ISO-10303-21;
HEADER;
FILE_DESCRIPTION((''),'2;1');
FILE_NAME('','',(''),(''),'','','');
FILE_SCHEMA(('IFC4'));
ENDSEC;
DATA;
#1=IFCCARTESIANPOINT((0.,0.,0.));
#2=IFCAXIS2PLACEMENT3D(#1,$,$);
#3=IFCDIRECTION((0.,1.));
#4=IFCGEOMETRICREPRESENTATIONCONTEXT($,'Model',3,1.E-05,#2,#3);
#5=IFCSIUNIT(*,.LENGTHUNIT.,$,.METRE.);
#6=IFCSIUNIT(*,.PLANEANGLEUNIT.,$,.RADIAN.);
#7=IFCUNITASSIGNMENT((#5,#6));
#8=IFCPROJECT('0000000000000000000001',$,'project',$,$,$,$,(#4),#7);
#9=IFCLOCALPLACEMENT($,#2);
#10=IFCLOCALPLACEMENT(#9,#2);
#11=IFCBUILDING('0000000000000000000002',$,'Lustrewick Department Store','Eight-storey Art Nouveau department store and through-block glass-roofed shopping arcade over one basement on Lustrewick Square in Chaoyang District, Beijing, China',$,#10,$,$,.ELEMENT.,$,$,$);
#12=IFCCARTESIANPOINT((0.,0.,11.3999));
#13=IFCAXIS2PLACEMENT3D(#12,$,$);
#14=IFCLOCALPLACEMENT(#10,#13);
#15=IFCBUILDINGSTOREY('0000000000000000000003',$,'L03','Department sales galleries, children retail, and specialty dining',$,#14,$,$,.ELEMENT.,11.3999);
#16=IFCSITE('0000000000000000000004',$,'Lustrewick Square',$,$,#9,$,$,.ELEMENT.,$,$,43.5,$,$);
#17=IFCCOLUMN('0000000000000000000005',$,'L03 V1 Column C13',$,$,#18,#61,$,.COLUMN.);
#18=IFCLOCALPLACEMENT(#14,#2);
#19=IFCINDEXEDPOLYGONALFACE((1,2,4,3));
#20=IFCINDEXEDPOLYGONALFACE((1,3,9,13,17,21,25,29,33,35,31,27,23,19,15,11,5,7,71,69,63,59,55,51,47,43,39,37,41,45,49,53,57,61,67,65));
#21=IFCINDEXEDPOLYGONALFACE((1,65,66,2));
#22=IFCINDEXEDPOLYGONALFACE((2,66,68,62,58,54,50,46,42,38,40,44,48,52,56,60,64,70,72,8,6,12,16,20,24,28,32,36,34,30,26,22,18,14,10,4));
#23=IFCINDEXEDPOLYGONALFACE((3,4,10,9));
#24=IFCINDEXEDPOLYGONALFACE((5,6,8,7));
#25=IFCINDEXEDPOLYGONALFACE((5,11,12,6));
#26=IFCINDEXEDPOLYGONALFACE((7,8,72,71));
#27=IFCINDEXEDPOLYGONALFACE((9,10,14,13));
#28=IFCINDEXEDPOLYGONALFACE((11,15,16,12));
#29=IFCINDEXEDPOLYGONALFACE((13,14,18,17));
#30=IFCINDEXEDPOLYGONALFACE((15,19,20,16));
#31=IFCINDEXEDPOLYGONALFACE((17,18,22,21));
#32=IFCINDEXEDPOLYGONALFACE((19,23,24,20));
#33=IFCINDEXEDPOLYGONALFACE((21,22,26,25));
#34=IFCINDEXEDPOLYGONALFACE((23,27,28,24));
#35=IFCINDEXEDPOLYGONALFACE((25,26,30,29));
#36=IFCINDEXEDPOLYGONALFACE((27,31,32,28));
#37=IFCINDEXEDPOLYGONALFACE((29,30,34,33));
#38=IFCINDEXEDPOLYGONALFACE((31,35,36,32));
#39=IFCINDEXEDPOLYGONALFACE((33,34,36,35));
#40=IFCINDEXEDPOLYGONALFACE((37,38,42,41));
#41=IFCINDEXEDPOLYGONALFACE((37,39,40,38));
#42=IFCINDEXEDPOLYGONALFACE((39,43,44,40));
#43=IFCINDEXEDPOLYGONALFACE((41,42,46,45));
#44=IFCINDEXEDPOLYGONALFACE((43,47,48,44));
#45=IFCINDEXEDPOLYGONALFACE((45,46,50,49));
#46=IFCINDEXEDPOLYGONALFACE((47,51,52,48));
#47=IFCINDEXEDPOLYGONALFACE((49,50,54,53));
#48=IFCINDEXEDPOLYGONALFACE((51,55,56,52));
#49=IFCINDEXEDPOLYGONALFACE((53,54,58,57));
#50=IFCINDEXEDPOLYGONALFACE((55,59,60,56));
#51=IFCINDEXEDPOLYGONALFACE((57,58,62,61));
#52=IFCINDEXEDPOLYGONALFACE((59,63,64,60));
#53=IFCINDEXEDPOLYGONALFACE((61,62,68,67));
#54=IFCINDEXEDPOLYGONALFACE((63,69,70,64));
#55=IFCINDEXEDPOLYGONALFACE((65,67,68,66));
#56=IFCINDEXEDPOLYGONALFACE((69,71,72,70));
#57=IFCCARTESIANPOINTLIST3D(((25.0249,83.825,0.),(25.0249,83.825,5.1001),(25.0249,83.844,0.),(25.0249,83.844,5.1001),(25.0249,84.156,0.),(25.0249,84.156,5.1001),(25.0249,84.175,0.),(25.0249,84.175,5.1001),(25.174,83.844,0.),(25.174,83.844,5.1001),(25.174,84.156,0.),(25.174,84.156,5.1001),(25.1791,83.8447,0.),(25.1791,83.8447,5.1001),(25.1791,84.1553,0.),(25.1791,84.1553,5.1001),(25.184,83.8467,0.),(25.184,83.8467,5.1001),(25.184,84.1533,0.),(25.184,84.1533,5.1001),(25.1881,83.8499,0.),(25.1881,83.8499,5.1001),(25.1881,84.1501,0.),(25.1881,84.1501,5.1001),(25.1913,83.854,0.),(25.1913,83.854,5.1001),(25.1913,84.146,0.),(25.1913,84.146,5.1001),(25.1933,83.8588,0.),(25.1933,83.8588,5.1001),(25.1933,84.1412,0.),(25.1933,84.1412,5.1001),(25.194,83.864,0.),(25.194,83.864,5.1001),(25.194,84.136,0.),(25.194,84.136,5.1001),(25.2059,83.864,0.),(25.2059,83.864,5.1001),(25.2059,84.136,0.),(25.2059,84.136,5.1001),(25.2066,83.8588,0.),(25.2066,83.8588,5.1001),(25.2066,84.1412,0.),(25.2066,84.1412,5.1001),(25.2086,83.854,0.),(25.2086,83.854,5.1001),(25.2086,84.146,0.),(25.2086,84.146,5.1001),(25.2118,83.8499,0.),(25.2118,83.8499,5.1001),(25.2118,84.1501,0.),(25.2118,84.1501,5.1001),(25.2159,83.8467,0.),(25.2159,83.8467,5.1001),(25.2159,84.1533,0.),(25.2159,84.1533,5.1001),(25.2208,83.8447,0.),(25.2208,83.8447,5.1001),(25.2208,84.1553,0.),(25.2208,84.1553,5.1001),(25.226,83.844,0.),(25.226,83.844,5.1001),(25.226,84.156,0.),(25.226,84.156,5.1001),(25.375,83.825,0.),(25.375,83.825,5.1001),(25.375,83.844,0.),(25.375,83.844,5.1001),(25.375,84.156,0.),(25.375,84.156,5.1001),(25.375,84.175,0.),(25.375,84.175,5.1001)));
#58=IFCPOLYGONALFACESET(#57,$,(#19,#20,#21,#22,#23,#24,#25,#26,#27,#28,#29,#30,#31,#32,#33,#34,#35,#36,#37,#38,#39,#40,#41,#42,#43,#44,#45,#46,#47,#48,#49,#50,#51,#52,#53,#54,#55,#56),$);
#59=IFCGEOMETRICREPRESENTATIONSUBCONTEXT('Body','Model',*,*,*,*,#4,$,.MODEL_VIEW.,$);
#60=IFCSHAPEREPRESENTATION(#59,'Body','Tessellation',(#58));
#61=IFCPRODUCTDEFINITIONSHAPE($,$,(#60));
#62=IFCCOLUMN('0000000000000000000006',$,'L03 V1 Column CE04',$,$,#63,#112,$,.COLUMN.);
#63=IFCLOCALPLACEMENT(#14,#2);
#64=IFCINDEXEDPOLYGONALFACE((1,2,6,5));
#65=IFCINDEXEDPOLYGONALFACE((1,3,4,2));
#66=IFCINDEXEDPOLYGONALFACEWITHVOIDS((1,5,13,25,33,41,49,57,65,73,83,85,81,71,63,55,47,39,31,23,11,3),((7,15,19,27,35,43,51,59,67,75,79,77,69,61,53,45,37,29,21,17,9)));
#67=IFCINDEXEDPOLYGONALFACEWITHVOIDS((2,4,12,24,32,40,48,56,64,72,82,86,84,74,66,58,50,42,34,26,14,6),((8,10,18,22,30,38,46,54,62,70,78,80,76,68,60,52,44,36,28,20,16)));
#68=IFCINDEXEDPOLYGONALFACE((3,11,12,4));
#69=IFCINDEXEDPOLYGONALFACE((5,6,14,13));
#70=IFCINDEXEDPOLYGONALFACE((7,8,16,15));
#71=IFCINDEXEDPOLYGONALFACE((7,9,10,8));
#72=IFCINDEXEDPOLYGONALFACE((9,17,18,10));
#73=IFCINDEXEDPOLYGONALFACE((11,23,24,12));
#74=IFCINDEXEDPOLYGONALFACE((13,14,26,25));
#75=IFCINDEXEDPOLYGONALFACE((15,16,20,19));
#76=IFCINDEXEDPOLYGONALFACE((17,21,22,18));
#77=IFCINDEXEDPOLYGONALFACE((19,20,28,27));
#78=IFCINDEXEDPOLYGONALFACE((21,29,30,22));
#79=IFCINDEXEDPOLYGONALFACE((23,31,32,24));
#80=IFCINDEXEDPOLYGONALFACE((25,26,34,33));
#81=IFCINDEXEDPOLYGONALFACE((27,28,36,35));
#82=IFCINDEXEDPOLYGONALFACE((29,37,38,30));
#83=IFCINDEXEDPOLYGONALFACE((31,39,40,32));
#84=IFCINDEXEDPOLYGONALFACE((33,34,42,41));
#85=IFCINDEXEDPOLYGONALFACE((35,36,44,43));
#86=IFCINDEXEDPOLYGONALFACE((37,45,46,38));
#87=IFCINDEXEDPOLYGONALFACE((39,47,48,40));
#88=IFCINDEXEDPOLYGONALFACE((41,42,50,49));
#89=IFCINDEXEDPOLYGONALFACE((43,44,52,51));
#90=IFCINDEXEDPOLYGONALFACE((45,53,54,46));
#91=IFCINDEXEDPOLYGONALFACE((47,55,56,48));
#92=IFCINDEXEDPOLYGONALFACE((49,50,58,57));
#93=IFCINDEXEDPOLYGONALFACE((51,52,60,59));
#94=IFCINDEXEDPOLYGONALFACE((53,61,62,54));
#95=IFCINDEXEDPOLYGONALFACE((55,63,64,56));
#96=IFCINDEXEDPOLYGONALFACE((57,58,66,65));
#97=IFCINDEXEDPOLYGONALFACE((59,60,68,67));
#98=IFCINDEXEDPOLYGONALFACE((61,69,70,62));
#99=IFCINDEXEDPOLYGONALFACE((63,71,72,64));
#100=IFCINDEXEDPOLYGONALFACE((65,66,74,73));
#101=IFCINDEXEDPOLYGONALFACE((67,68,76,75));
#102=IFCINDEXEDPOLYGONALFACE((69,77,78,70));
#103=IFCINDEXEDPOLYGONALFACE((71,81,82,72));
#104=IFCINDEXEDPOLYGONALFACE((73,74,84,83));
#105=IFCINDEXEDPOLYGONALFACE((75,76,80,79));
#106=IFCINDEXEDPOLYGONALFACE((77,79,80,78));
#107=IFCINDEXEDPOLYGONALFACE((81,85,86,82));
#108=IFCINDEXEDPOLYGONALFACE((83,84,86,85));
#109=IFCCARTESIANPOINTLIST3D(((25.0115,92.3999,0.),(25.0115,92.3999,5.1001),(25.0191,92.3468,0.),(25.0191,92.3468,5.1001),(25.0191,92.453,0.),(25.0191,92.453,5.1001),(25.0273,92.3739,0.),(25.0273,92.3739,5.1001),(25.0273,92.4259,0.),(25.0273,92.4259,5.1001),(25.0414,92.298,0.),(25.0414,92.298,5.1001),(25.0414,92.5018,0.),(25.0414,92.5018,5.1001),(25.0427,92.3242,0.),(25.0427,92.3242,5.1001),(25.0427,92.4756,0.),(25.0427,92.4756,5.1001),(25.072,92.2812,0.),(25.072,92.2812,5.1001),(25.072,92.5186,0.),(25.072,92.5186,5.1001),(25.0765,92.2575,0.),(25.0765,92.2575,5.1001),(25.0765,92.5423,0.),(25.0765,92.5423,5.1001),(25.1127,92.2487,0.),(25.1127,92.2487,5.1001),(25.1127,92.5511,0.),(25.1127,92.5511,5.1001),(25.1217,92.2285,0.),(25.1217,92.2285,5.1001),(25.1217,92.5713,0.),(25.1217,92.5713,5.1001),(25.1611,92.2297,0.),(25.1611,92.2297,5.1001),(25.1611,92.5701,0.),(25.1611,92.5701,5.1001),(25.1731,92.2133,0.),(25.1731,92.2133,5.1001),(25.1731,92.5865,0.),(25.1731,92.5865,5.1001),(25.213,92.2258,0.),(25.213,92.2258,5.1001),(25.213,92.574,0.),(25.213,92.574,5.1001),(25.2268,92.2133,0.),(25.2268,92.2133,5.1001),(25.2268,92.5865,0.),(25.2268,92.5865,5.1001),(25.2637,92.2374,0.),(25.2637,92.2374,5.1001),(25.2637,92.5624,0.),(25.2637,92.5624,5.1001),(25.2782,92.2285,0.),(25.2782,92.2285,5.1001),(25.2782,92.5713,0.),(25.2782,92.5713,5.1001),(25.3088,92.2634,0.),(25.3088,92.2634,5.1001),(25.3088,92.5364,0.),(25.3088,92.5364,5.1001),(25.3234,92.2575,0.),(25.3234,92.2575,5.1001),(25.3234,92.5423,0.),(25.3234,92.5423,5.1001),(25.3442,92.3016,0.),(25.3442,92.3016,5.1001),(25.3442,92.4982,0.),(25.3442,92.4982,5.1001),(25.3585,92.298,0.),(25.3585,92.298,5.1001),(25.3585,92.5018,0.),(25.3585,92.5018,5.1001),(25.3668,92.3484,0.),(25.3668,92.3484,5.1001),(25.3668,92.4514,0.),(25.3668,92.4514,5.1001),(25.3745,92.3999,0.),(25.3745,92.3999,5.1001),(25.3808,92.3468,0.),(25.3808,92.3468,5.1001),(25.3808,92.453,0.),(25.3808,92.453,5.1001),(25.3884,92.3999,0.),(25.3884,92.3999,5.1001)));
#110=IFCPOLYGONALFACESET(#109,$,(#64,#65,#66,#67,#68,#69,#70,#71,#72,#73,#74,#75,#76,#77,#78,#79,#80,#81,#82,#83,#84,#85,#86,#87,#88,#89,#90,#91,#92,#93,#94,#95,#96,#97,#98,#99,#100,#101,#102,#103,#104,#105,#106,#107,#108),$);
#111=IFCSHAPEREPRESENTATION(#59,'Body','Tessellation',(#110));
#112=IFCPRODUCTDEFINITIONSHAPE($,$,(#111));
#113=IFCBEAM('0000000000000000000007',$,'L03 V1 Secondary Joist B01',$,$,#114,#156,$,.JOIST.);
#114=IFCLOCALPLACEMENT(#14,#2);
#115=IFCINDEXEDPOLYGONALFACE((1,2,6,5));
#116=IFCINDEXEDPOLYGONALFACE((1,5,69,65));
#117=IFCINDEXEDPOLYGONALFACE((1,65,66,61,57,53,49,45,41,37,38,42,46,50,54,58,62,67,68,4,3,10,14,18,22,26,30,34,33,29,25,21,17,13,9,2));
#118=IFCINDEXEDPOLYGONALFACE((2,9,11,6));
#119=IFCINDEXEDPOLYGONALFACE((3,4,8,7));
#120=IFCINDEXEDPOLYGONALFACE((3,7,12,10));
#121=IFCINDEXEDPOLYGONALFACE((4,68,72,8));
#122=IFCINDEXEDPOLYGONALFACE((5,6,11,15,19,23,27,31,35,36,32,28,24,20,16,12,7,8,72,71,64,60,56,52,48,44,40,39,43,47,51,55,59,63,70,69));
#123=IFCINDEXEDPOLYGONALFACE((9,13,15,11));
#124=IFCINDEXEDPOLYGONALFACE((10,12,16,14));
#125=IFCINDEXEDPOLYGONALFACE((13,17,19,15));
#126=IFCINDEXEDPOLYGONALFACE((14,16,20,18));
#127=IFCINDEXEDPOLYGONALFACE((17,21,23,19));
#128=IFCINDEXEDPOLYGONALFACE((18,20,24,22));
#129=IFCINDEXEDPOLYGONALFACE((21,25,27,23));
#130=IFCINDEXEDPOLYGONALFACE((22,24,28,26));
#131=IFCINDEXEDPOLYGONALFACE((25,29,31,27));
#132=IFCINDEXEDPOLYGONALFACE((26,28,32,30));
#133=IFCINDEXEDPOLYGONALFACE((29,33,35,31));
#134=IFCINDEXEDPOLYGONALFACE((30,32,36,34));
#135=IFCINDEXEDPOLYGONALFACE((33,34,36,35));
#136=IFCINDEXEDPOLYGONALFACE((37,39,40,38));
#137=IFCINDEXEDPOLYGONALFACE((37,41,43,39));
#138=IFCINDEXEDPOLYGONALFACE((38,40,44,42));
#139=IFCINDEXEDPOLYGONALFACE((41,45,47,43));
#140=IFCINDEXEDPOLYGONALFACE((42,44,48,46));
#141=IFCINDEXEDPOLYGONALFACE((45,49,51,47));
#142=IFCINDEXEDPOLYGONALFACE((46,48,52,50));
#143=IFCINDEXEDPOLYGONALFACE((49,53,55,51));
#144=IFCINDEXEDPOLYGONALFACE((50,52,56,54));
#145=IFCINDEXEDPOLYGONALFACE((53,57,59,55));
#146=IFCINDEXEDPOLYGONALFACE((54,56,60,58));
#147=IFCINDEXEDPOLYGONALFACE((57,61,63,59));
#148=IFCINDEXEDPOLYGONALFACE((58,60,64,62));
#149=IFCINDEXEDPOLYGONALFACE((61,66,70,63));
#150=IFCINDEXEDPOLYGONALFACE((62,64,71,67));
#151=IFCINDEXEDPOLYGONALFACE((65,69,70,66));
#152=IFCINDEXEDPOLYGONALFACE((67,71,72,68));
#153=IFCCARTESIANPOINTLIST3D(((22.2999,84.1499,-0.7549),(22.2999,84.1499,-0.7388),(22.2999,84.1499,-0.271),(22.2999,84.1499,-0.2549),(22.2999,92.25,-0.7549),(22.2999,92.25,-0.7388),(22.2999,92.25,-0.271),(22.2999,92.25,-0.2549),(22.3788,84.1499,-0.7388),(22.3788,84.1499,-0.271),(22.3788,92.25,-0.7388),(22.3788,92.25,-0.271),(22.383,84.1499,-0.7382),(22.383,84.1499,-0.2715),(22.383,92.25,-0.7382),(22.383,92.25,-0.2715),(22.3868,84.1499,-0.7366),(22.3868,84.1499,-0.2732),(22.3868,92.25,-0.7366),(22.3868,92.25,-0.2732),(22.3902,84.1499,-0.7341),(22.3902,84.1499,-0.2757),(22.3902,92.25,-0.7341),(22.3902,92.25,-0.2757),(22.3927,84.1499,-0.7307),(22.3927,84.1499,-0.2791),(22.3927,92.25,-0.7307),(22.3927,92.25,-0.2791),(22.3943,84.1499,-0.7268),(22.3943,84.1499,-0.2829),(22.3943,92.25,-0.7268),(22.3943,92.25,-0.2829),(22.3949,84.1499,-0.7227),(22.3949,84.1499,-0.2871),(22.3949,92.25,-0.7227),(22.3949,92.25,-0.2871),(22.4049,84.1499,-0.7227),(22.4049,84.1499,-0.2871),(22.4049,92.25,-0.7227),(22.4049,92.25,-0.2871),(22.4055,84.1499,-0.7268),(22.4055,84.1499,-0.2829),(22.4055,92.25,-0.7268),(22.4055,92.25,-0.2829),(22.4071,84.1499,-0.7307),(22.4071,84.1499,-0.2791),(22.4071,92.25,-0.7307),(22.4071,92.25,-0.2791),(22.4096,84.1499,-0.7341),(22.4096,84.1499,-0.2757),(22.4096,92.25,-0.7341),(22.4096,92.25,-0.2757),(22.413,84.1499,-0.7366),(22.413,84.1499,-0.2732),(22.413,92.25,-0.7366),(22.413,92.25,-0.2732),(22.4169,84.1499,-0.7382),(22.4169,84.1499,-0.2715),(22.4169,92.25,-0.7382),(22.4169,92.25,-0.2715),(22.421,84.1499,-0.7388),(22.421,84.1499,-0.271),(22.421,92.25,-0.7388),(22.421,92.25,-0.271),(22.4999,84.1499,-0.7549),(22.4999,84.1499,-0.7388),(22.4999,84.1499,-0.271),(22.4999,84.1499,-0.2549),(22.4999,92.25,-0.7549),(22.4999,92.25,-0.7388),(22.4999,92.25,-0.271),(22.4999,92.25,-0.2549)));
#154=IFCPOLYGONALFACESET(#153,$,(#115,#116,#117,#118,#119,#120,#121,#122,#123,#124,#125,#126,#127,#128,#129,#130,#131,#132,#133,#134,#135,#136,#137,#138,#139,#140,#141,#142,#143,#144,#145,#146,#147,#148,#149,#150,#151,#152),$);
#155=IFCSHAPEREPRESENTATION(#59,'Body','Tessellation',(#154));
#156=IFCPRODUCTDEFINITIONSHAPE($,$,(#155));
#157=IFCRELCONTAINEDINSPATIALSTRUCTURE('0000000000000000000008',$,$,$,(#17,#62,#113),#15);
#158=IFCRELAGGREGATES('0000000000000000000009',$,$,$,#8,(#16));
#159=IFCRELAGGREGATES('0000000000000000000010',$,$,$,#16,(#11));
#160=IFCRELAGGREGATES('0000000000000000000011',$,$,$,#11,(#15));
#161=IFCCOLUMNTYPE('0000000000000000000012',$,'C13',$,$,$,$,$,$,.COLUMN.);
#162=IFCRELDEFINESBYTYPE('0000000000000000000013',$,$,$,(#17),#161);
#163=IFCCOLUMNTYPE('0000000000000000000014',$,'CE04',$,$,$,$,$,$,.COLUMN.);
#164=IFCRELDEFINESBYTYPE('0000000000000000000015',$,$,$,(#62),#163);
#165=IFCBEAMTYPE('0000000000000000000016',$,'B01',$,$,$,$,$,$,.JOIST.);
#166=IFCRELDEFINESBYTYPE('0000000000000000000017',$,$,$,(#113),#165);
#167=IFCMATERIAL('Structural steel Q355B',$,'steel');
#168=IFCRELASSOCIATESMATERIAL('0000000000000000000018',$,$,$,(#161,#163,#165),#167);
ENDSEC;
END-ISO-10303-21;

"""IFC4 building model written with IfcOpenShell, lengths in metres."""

from ifc_helpers import new_model, si_unit, direction, frame, origin, origin_2d, place, context, subcontext, project, spatial, hollow_circle, i_section, extrude, material, material_profile, profile_set, type_object, element, save


model = new_model("IFC4")

# Units and contexts
model_context = context("Model", 3, precision=1e-05, world=origin(), true_north=direction((0.0, 1.0)))
body_context = subcontext(model_context, "Body", "Model", "MODEL_VIEW")
ifc_project = project(units=[si_unit("LENGTHUNIT", "METRE"), si_unit("PLANEANGLEUNIT", "RADIAN")], contexts=[model_context])

# Site, building, storey
site_placement = place(None, origin())
site = spatial("IfcSite", under=ifc_project, at=site_placement, Name="Lustrewick Square", CompositionType="ELEMENT", RefElevation=43.5)
building_placement = place(site_placement, origin())
building = spatial("IfcBuilding", under=site, at=building_placement, Name="Lustrewick Department Store", Description="Eight-storey Art Nouveau department store and through-block glass-roofed shopping arcade over one basement on Lustrewick Square in Chaoyang District, Beijing, China", CompositionType="ELEMENT")
storey_placement = place(building_placement, frame((0.0, 0.0, 11.3999)))
storey = spatial("IfcBuildingStorey", under=building, at=storey_placement, Name="L03", Description="Department sales galleries, children retail, and specialty dining", CompositionType="ELEMENT", Elevation=11.3999)

# Columns
ifc_material_1 = material(Name="Structural steel Q355B", Category="steel")
ifc_material_profile_1 = material_profile(ifc_material_1, i_section(OverallWidth=0.3501, OverallDepth=0.3501, WebThickness=0.012, FlangeThickness=0.019, FilletRadius=0.02, at=origin_2d()), Name="HW 350x350x12x19")
ifc_profile_set_1 = profile_set([ifc_material_profile_1], Name="Structural steel Q355B")
column_type_1 = type_object("IfcColumnType", Name="C13", PredefinedType="COLUMN", material=ifc_profile_set_1)
column_1_placement = place(storey_placement, frame((25.2, 84.0, 0.0), z_axis=(0.0, 0.0, 1.0), x_axis=(1.0, 0.0, 0.0)))
element("IfcColumn", 1, at=column_1_placement, inside=storey, type_object=column_type_1, Name="L03 V1 Column C13", PredefinedType="COLUMN", context=body_context, shape_type="SweptSolid", body=[
    extrude(i_section(OverallWidth=0.3501, OverallDepth=0.3501, WebThickness=0.012, FlangeThickness=0.019, FilletRadius=0.02, at=origin_2d()), origin(), (0.0, 0.0, 1.0), 5.1001),
])
ifc_material_profile_2 = material_profile(ifc_material_1, hollow_circle(Radius=0.1885, WallThickness=0.0139, at=origin_2d()), Name="CHS 377x14")
ifc_profile_set_2 = profile_set([ifc_material_profile_2], Name="Structural steel Q355B")
column_type_2 = type_object("IfcColumnType", Name="CE04", PredefinedType="COLUMN", material=ifc_profile_set_2)
column_2_placement = place(storey_placement, frame((25.2, 92.3999, 0.0), z_axis=(0.0, 0.0, 1.0), x_axis=(1.0, 0.0, 0.0)))
element("IfcColumn", 2, at=column_2_placement, inside=storey, type_object=column_type_2, Name="L03 V1 Column CE04", PredefinedType="COLUMN", context=body_context, shape_type="SweptSolid", body=[
    extrude(hollow_circle(Radius=0.1885, WallThickness=0.0139, at=origin_2d()), origin(), (0.0, 0.0, 1.0), 5.1001),
])

# Beam
ifc_material_profile_3 = material_profile(ifc_material_1, i_section(OverallWidth=0.2, OverallDepth=0.5, WebThickness=0.01, FlangeThickness=0.0161, FilletRadius=0.0161, at=origin_2d()), Name="HN 500x200x10x16")
ifc_profile_set_3 = profile_set([ifc_material_profile_3], Name="Structural steel Q355B")
beam_type_1 = type_object("IfcBeamType", Name="B01", PredefinedType="JOIST", material=ifc_profile_set_3)
beam_1_placement = place(storey_placement, frame((22.3999, 84.1499, -0.5049), z_axis=(0.0, 1.0, 0.0), x_axis=(-1.0, 0.0, 0.0)))
element("IfcBeam", 3, at=beam_1_placement, inside=storey, type_object=beam_type_1, Name="L03 V1 Secondary Joist B01", PredefinedType="JOIST", context=body_context, shape_type="SweptSolid", body=[
    extrude(i_section(OverallWidth=0.2, OverallDepth=0.5, WebThickness=0.01, FlangeThickness=0.0161, FilletRadius=0.0161, at=origin_2d()), origin(), (0.0, 0.0, 1.0), 8.1001),
])

save(model, "model.ifc")
